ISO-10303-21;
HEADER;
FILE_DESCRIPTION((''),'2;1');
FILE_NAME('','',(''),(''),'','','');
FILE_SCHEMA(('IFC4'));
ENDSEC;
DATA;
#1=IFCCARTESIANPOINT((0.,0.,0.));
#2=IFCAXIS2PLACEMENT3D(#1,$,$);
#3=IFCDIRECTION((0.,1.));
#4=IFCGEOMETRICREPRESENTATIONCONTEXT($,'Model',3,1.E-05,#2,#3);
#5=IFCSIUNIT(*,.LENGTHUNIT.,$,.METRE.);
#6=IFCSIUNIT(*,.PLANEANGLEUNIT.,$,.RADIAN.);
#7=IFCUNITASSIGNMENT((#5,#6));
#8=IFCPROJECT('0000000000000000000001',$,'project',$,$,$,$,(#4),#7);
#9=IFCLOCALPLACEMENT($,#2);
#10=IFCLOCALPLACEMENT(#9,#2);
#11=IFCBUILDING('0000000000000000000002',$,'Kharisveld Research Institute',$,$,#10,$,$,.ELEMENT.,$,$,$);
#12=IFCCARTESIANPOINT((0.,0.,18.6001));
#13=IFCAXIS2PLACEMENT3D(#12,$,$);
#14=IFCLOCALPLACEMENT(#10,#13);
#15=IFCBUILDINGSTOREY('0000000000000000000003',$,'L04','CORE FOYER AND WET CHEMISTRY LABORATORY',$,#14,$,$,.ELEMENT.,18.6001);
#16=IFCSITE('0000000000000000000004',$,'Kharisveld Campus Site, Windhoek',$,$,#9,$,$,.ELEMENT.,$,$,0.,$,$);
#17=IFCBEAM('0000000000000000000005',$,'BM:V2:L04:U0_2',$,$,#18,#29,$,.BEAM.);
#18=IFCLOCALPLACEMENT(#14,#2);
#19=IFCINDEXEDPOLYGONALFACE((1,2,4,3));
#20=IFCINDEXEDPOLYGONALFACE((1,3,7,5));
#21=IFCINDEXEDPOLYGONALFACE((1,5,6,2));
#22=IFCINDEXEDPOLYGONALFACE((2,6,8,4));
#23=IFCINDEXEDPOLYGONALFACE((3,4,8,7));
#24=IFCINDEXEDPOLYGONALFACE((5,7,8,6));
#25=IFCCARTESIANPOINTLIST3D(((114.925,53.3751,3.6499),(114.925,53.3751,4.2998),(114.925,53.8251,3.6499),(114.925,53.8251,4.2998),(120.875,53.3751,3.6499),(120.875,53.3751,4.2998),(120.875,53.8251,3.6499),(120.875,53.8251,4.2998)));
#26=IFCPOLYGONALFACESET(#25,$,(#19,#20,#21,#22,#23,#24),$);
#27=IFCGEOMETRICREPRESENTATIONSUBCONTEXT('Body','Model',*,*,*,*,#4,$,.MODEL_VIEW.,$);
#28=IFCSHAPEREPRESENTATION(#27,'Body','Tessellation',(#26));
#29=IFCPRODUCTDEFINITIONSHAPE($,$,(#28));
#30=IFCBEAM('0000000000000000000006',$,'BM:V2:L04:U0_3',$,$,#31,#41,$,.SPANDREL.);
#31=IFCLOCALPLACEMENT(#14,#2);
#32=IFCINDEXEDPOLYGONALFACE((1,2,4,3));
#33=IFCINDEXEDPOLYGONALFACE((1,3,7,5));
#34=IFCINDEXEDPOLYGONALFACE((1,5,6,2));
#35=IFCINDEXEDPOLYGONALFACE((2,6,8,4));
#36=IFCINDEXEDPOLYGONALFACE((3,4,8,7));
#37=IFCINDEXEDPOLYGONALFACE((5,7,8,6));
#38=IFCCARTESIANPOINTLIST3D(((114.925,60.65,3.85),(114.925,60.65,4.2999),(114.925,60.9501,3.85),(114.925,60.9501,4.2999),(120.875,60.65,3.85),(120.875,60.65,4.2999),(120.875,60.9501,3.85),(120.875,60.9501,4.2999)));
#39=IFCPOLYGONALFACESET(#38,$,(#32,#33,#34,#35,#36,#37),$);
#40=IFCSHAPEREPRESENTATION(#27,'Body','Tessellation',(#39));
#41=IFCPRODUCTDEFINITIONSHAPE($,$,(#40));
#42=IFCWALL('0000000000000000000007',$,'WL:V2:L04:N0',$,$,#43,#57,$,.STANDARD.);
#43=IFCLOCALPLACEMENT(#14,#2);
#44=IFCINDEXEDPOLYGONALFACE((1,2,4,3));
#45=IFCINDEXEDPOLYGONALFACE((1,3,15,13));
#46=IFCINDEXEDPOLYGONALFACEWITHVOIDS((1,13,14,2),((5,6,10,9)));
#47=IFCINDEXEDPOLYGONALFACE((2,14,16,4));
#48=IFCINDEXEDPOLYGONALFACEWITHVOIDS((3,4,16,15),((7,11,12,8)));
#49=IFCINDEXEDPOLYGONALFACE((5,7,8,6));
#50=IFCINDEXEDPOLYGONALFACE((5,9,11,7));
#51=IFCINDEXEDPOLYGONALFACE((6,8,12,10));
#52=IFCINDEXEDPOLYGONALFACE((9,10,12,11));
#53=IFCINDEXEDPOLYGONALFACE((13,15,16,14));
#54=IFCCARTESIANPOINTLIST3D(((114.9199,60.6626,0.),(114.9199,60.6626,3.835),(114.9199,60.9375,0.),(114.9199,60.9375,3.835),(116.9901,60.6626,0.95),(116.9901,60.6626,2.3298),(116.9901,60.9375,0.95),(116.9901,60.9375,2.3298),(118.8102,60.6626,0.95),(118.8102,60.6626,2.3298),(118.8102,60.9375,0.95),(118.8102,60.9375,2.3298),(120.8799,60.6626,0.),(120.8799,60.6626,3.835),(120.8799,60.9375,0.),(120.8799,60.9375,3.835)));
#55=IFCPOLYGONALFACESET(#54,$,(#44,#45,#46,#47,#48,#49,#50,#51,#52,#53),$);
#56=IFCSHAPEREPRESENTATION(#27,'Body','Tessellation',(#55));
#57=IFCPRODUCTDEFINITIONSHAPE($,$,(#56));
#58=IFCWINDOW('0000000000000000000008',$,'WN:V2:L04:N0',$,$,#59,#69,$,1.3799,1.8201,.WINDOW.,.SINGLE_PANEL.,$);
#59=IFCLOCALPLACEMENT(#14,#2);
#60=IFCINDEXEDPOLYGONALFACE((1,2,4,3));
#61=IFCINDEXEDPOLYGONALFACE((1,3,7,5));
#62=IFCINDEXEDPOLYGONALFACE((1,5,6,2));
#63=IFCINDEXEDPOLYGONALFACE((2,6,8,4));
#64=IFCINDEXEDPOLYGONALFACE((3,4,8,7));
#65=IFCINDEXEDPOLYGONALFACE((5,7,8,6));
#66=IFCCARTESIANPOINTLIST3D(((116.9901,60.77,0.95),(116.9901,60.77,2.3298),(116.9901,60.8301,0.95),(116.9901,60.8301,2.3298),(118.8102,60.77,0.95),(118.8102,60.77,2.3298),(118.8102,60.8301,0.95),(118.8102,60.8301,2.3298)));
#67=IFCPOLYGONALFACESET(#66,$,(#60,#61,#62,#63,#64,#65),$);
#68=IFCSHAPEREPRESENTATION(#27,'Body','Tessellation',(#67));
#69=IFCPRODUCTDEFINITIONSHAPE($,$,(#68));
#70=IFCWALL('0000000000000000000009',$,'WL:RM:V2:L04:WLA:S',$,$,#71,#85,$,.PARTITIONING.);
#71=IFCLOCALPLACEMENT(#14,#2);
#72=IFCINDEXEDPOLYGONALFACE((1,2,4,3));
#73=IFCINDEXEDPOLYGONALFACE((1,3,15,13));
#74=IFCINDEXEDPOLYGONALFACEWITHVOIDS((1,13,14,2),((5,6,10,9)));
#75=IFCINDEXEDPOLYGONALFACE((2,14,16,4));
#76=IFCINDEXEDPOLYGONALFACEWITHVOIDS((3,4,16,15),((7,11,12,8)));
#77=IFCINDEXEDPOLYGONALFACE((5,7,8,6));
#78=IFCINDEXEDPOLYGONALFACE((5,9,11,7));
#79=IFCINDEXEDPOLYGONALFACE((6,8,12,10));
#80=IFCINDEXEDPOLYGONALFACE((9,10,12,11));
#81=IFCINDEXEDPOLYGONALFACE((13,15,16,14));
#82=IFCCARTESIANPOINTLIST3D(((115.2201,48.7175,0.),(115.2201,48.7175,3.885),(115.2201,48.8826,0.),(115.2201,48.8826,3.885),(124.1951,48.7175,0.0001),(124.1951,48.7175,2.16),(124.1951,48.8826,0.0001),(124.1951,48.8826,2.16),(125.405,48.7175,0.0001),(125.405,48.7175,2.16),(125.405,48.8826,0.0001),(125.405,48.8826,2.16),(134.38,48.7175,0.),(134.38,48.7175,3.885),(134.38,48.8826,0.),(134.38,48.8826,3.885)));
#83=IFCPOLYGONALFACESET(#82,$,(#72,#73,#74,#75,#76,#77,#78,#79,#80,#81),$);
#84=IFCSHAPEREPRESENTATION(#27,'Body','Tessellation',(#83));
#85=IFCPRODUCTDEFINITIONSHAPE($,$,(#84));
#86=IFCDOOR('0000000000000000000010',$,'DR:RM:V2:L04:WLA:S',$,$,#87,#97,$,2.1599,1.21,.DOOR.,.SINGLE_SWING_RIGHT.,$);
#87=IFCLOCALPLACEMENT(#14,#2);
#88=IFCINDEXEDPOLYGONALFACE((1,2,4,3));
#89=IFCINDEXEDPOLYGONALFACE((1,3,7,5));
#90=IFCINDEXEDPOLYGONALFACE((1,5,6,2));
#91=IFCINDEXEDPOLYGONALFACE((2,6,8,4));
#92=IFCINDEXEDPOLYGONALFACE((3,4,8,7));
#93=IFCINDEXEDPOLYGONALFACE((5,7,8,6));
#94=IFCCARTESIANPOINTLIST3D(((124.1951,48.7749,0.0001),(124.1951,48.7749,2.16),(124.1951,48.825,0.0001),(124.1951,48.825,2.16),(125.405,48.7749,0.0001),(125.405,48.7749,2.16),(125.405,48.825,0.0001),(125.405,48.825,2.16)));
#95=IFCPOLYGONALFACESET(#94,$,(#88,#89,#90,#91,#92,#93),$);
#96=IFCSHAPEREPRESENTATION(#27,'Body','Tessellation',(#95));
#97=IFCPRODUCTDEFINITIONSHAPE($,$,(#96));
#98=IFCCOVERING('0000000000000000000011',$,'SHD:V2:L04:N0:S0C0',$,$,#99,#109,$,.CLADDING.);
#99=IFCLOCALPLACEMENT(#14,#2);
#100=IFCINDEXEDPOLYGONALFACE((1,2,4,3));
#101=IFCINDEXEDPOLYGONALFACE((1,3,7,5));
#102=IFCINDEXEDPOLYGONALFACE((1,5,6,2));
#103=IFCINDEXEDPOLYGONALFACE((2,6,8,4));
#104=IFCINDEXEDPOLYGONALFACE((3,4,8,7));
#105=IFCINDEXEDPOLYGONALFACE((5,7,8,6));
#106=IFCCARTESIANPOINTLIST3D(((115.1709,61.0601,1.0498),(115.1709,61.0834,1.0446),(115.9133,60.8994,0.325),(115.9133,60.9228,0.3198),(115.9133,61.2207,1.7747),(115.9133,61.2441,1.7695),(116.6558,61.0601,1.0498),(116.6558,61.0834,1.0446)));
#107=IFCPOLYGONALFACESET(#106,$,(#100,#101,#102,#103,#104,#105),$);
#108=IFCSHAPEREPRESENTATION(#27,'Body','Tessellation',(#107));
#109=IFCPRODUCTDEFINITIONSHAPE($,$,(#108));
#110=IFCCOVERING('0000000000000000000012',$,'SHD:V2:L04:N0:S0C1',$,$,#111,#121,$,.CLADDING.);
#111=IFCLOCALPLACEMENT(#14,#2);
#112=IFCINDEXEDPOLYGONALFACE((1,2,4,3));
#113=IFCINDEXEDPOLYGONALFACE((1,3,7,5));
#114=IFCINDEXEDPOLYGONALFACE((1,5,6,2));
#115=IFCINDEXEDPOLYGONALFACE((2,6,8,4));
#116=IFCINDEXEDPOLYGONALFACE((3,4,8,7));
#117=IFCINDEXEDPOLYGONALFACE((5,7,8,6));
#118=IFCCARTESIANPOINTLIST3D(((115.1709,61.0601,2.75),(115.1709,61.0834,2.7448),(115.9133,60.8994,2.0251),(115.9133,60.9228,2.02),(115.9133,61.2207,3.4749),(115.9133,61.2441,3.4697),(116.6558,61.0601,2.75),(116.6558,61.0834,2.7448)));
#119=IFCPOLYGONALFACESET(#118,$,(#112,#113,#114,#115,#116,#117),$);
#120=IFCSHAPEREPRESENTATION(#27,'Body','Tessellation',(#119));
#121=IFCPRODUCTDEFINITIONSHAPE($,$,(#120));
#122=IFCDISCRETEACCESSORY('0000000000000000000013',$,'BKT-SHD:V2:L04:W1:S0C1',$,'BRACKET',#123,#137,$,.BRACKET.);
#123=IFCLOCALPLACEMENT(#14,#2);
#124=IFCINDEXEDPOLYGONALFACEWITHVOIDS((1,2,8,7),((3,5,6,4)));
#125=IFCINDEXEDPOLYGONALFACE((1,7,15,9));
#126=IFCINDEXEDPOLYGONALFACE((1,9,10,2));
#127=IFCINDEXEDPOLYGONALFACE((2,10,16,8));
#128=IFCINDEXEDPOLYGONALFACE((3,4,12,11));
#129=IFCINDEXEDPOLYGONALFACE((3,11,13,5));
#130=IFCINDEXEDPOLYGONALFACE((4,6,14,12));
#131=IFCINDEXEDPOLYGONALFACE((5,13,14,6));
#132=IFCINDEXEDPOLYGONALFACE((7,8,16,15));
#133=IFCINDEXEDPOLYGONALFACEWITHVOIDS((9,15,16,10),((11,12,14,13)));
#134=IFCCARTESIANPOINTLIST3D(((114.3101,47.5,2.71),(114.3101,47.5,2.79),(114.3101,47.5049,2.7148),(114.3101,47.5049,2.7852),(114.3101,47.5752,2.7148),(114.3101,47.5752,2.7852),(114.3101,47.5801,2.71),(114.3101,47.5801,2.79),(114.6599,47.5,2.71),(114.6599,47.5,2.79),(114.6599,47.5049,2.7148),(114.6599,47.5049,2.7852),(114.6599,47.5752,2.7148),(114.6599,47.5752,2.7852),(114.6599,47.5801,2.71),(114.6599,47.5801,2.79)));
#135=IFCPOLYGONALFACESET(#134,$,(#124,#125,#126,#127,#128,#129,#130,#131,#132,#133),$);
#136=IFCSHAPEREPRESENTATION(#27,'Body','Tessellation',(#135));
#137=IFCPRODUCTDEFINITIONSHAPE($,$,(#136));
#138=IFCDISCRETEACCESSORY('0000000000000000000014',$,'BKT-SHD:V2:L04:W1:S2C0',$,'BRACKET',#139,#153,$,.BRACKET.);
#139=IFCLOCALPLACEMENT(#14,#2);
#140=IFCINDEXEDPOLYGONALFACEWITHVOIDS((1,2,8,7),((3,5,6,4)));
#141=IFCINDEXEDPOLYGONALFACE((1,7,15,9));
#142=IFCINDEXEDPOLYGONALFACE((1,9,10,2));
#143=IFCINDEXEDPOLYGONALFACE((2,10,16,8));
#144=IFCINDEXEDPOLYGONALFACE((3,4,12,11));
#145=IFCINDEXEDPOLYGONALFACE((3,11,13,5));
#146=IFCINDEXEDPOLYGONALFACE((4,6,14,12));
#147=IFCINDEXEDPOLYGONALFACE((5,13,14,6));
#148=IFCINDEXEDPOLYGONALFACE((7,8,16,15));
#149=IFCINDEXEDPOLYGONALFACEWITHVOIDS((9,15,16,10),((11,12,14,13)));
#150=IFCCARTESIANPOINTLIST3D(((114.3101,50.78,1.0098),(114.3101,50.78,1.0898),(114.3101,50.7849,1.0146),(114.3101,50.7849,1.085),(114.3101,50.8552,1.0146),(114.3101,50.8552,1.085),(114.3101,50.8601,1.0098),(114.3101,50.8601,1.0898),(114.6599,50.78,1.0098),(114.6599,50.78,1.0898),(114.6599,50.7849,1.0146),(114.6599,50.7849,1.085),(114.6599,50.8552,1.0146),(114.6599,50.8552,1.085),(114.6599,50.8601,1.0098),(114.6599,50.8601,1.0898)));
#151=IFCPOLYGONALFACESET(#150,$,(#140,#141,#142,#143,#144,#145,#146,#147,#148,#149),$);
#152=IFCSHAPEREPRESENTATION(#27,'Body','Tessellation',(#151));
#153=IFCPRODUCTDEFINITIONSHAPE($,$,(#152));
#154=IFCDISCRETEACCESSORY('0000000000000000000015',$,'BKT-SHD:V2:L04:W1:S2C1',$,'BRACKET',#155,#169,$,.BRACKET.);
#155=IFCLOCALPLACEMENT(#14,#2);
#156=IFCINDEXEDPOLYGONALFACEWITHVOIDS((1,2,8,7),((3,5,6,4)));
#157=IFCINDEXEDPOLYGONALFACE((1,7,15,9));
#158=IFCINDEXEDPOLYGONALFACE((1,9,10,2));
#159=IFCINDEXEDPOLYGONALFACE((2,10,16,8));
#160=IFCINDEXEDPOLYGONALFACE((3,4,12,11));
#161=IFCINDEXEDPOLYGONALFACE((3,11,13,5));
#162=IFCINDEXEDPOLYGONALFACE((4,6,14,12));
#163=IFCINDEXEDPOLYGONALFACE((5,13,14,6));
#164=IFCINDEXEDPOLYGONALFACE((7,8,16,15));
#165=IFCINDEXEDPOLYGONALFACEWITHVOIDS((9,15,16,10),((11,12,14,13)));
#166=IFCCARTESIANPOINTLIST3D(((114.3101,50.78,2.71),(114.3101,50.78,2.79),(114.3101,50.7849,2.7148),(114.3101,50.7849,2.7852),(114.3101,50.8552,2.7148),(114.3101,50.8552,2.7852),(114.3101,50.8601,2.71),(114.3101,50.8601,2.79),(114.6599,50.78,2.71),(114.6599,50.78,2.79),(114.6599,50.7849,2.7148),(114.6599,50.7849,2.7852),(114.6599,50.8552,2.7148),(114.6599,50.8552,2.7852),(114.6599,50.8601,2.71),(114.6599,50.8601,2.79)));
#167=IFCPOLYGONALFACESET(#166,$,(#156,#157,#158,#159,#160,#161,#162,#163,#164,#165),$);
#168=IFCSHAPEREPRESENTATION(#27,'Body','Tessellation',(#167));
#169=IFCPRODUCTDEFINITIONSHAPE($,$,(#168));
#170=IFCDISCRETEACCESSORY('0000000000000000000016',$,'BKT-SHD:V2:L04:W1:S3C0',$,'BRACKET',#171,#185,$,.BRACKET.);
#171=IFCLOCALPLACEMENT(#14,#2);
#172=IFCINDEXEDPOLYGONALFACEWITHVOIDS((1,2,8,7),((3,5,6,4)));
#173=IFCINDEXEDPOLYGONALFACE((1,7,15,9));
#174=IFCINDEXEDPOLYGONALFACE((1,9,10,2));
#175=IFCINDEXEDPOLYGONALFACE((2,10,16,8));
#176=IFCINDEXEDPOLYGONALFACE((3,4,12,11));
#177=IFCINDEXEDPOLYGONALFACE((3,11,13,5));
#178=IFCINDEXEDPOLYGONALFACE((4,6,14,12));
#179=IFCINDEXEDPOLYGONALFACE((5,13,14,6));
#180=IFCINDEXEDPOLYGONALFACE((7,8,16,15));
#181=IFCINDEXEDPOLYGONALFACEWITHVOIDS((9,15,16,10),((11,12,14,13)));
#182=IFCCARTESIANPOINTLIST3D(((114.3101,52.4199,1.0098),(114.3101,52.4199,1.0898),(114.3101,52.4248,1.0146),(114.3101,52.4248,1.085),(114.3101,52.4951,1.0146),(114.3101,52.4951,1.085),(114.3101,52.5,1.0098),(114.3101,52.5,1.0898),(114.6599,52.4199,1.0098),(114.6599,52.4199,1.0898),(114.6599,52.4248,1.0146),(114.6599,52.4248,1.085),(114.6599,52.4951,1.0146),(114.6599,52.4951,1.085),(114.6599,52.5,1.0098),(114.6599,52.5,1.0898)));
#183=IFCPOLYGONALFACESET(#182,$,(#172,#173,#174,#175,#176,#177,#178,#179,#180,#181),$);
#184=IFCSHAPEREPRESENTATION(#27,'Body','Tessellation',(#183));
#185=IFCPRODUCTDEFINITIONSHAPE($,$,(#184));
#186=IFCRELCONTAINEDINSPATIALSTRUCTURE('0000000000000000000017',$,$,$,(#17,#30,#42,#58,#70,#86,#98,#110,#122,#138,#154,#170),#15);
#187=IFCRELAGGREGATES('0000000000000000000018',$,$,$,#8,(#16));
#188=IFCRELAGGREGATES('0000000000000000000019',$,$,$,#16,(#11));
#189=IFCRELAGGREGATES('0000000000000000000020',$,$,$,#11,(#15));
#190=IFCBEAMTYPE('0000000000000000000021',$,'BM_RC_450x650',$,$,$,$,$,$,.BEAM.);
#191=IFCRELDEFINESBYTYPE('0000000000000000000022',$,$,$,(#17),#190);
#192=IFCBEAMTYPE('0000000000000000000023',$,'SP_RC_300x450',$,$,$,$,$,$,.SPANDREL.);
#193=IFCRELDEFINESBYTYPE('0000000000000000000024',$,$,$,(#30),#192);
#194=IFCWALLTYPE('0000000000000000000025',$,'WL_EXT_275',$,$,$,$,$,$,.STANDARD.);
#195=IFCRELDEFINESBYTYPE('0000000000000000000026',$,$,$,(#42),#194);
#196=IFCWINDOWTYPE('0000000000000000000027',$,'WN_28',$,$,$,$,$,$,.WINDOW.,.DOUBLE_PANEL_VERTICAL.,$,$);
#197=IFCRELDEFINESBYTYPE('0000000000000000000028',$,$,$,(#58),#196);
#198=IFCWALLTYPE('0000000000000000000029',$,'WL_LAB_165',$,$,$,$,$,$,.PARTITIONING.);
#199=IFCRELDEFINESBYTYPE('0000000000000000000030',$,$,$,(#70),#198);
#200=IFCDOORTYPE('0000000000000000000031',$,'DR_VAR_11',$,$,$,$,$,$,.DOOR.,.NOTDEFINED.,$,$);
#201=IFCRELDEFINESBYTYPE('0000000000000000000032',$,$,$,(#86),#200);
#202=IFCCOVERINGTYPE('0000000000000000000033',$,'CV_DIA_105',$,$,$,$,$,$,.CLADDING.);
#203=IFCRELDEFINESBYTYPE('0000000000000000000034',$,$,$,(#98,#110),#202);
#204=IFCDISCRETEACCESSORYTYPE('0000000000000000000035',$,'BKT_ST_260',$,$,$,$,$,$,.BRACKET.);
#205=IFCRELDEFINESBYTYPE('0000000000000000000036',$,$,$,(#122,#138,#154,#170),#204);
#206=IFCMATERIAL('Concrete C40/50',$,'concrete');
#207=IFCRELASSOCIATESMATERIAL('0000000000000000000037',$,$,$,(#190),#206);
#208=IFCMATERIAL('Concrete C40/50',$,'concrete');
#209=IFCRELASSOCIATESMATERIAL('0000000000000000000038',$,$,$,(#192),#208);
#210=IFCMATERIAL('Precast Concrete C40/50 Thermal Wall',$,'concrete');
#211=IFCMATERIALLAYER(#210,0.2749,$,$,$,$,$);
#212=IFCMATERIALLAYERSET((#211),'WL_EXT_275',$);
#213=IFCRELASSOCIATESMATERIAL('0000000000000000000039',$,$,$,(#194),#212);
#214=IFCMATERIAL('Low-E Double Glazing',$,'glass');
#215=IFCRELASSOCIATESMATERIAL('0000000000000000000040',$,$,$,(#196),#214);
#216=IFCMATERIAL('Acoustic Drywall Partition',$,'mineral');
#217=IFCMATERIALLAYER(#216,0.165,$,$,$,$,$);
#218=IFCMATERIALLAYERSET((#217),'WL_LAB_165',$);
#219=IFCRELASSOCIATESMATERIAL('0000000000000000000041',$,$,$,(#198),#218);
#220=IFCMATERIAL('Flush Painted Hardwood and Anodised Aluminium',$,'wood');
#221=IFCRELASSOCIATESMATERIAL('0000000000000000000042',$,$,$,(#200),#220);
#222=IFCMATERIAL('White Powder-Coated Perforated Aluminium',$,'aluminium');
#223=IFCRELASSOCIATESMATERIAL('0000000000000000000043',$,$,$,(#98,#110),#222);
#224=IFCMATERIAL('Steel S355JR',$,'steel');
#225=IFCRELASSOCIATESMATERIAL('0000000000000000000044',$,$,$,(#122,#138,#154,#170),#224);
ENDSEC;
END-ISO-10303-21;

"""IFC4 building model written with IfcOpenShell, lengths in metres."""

from ifc_helpers import new_model, si_unit, direction, frame, frame_2d, origin, origin_2d, place, context, subcontext, project, spatial, polyline, rectangle, hollow_rectangle, outline, extrude, material, layer, layer_set, material_profile, profile_set, type_object, element, fill, save


model = new_model("IFC4")

# Units and contexts
model_context = context("Model", 3, precision=1e-05, world=origin(), true_north=direction((0.0, 1.0)))
body_context = subcontext(model_context, "Body", "Model", "MODEL_VIEW")
ifc_project = project(units=[si_unit("LENGTHUNIT", "METRE"), si_unit("PLANEANGLEUNIT", "RADIAN")], contexts=[model_context])

# Site, building, storey
site_placement = place(None, origin())
site = spatial("IfcSite", under=ifc_project, at=site_placement, Name="Kharisveld Campus Site, Windhoek", CompositionType="ELEMENT", RefElevation=0.0)
building_placement = place(site_placement, origin())
building = spatial("IfcBuilding", under=site, at=building_placement, Name="Kharisveld Research Institute", CompositionType="ELEMENT")
storey_placement = place(building_placement, frame((0.0, 0.0, 18.6001)))
storey = spatial("IfcBuildingStorey", under=building, at=storey_placement, Name="L04", Description="CORE FOYER AND WET CHEMISTRY LABORATORY", CompositionType="ELEMENT", Elevation=18.6001)

# Beams
ifc_material_1 = material(Name="Concrete C40/50", Category="concrete")
ifc_material_profile_1 = material_profile(ifc_material_1, rectangle(XDim=0.45, YDim=0.6499, at=origin_2d()))
ifc_profile_set_1 = profile_set([ifc_material_profile_1], Name="Concrete C40/50")
beam_type_1 = type_object("IfcBeamType", Name="BM_RC_450x650", PredefinedType="BEAM", material=ifc_profile_set_1)
beam_1_placement = place(storey_placement, frame((114.925, 53.6001, 3.9749), z_axis=(1.0, 0.0, 0.0), x_axis=(0.0, 1.0, 0.0)))
element("IfcBeam", 1, at=beam_1_placement, inside=storey, type_object=beam_type_1, Name="BM:V2:L04:U0_2", PredefinedType="BEAM", context=body_context, shape_type="SweptSolid", body=[
    extrude(rectangle(XDim=0.45, YDim=0.6499, at=origin_2d()), origin(), (0.0, 0.0, 1.0), 5.95),
])
ifc_material_2 = material(Name="Concrete C40/50", Category="concrete")
ifc_material_profile_2 = material_profile(ifc_material_2, rectangle(XDim=0.3, YDim=0.45, at=origin_2d()))
ifc_profile_set_2 = profile_set([ifc_material_profile_2], Name="Concrete C40/50")
beam_type_2 = type_object("IfcBeamType", Name="SP_RC_300x450", PredefinedType="SPANDREL", material=ifc_profile_set_2)
beam_2_placement = place(storey_placement, frame((114.925, 60.8, 4.075), z_axis=(1.0, 0.0, 0.0), x_axis=(0.0, 1.0, 0.0)))
element("IfcBeam", 2, at=beam_2_placement, inside=storey, type_object=beam_type_2, Name="BM:V2:L04:U0_3", PredefinedType="SPANDREL", context=body_context, shape_type="SweptSolid", body=[
    extrude(rectangle(XDim=0.3, YDim=0.45, at=origin_2d()), origin(), (0.0, 0.0, 1.0), 5.95),
])

# Wall, opening, window
ifc_material_3 = material(Name="Precast Concrete C40/50 Thermal Wall", Category="concrete")
ifc_layer_1 = layer(ifc_material_3, 0.2749)
ifc_layer_set_1 = layer_set([ifc_layer_1], Name="WL_EXT_275")
wall_type_1 = type_object("IfcWallType", Name="WL_EXT_275", PredefinedType="STANDARD", material=ifc_layer_set_1)
wall_1_placement = place(storey_placement, frame((114.9199, 60.8, 0.0), z_axis=(0.0, 0.0, 1.0), x_axis=(1.0, 0.0, 0.0)))
wall_1 = element("IfcWall", 3, at=wall_1_placement, inside=storey, type_object=wall_type_1, Name="WL:V2:L04:N0", PredefinedType="STANDARD", context=body_context, shape_type="SweptSolid", body=[
    extrude(rectangle(XDim=5.96, YDim=0.2749, at=frame_2d((2.98, 0.0))), origin(), (0.0, 0.0, 1.0), 3.835),
])
opening_1_placement = place(wall_1_placement, frame((2.0701, 0.0, 0.95)))
opening_1 = element("IfcOpeningElement", 4, at=opening_1_placement, cuts=wall_1, PredefinedType="OPENING", context=body_context, shape_type="SweptSolid", body=[
    extrude(rectangle(XDim=1.8201, YDim=1.3799, at=frame_2d((0.9102, 0.6899))), frame((0.0, 0.1375, 0.0), z_axis=(0.0, -1.0, 0.0), x_axis=(1.0, 0.0, 0.0)), (0.0, 0.0, 1.0), 0.2749),
])
ifc_material_4 = material(Name="Low-E Double Glazing", Category="glass")
window_type = type_object("IfcWindowType", Name="WN_28", PartitioningType="DOUBLE_PANEL_VERTICAL", PredefinedType="WINDOW", material=ifc_material_4)
window_placement = place(opening_1_placement, origin())
window = element("IfcWindow", 5, at=window_placement, inside=storey, type_object=window_type, Name="WN:V2:L04:N0", OverallHeight=1.3799, OverallWidth=1.8201, PartitioningType="SINGLE_PANEL", PredefinedType="WINDOW", context=body_context, shape_type="SweptSolid", body=[
    extrude(rectangle(XDim=1.8201, YDim=1.3799, at=frame_2d((0.9102, 0.6899))), frame((0.0, 0.03, 0.0), z_axis=(0.0, -1.0, 0.0), x_axis=(1.0, 0.0, 0.0)), (0.0, 0.0, 1.0), 0.0601),
])
fill(opening_1, window)

# Wall, opening, door
ifc_material_5 = material(Name="Acoustic Drywall Partition", Category="mineral")
ifc_layer_2 = layer(ifc_material_5, 0.165)
ifc_layer_set_2 = layer_set([ifc_layer_2], Name="WL_LAB_165")
wall_type_2 = type_object("IfcWallType", Name="WL_LAB_165", PredefinedType="PARTITIONING", material=ifc_layer_set_2)
wall_2_placement = place(storey_placement, frame((115.22, 48.8, 0.0), z_axis=(0.0, 0.0, 1.0), x_axis=(1.0, 0.0, 0.0)))
wall_2 = element("IfcWall", 6, at=wall_2_placement, inside=storey, type_object=wall_type_2, Name="WL:RM:V2:L04:WLA:S", PredefinedType="PARTITIONING", context=body_context, shape_type="SweptSolid", body=[
    extrude(rectangle(XDim=19.1599, YDim=0.165, at=frame_2d((9.5801, 0.0))), origin(), (0.0, 0.0, 1.0), 3.885),
])
opening_2_placement = place(wall_2_placement, frame((8.9751, 0.0, 0.0)))
opening_2 = element("IfcOpeningElement", 7, at=opening_2_placement, cuts=wall_2, PredefinedType="OPENING", context=body_context, shape_type="SweptSolid", body=[
    extrude(rectangle(XDim=1.21, YDim=2.1599, at=frame_2d((0.605, 1.0801))), frame((0.0, 0.0825, 0.0), z_axis=(0.0, -1.0, 0.0), x_axis=(1.0, 0.0, 0.0)), (0.0, 0.0, 1.0), 0.165),
])
ifc_material_6 = material(Name="Flush Painted Hardwood and Anodised Aluminium", Category="wood")
door_type = type_object("IfcDoorType", Name="DR_VAR_11", OperationType="NOTDEFINED", PredefinedType="DOOR", material=ifc_material_6)
door_placement = place(opening_2_placement, origin())
door = element("IfcDoor", 8, at=door_placement, inside=storey, type_object=door_type, Name="DR:RM:V2:L04:WLA:S", OperationType="SINGLE_SWING_RIGHT", OverallHeight=2.1599, OverallWidth=1.21, PredefinedType="DOOR", context=body_context, shape_type="SweptSolid", body=[
    extrude(rectangle(XDim=1.21, YDim=2.1599, at=frame_2d((0.605, 1.0801))), frame((0.0, 0.0249, 0.0), z_axis=(0.0, -1.0, 0.0), x_axis=(1.0, 0.0, 0.0)), (0.0, 0.0, 1.0), 0.05),
])
fill(opening_2, door)

# Coverings
ifc_material_7 = material(Name="White Powder-Coated Perforated Aluminium", Category="aluminium")
covering_type = type_object("IfcCoveringType", Name="CV_DIA_105", PredefinedType="CLADDING")
for number, where, z_axis, x_axis, name in (
    (9, (115.9133, 60.8994, 0.325), (0.0, -0.976311, 0.216373), (0.707102, 0.153, 0.69036), "SHD:V2:L04:N0:S0C0"),
    (10, (115.9133, 60.8994, 2.0251), (0.0, -0.976311, 0.216373), (0.707102, 0.153, 0.69036), "SHD:V2:L04:N0:S0C1"),
):
    element("IfcCovering", number, at=place(storey_placement, frame(where, z_axis=z_axis, x_axis=x_axis)), inside=storey, type_object=covering_type, material=ifc_material_7, Name=name, PredefinedType="CLADDING", context=body_context, shape_type="SweptSolid", body=[
        extrude(outline(polyline([(0.0, 0.0), (1.05, 0.0), (1.05, 1.05), (0.0, 1.05), (0.0, 0.0)])), origin(), (0.0, 0.0, -1.0), 0.0239),
    ])

# Discrete accessories
ifc_material_8 = material(Name="Steel S355JR", Category="steel")
discrete_accessory_type = type_object("IfcDiscreteAccessoryType", Name="BKT_ST_260", PredefinedType="BRACKET")
for number, where, z_axis, x_axis, name in (
    (11, (114.6599, 47.54, 2.75), (-1.0, 0.0, 0.0), (0.0, -1.0, 0.0), "BKT-SHD:V2:L04:W1:S0C1"),
    (12, (114.6599, 50.8201, 1.0498), (-1.0, 0.0, 0.0), (0.0, -1.0, 0.0), "BKT-SHD:V2:L04:W1:S2C0"),
    (13, (114.6599, 50.8201, 2.75), (-1.0, 0.0, 0.0), (0.0, -1.0, 0.0), "BKT-SHD:V2:L04:W1:S2C1"),
    (14, (114.6599, 52.46, 1.0498), (-1.0, 0.0, 0.0), (0.0, -1.0, 0.0), "BKT-SHD:V2:L04:W1:S3C0"),
):
    element("IfcDiscreteAccessory", number, at=place(storey_placement, frame(where, z_axis=z_axis, x_axis=x_axis)), inside=storey, type_object=discrete_accessory_type, material=ifc_material_8, Name=name, ObjectType="BRACKET", PredefinedType="BRACKET", context=body_context, shape_type="SweptSolid", body=[
        extrude(hollow_rectangle(XDim=0.0801, YDim=0.0801, WallThickness=0.0049, at=origin_2d()), origin(), (0.0, 0.0, 1.0), 0.3499),
    ])

save(model, "model.ifc")
